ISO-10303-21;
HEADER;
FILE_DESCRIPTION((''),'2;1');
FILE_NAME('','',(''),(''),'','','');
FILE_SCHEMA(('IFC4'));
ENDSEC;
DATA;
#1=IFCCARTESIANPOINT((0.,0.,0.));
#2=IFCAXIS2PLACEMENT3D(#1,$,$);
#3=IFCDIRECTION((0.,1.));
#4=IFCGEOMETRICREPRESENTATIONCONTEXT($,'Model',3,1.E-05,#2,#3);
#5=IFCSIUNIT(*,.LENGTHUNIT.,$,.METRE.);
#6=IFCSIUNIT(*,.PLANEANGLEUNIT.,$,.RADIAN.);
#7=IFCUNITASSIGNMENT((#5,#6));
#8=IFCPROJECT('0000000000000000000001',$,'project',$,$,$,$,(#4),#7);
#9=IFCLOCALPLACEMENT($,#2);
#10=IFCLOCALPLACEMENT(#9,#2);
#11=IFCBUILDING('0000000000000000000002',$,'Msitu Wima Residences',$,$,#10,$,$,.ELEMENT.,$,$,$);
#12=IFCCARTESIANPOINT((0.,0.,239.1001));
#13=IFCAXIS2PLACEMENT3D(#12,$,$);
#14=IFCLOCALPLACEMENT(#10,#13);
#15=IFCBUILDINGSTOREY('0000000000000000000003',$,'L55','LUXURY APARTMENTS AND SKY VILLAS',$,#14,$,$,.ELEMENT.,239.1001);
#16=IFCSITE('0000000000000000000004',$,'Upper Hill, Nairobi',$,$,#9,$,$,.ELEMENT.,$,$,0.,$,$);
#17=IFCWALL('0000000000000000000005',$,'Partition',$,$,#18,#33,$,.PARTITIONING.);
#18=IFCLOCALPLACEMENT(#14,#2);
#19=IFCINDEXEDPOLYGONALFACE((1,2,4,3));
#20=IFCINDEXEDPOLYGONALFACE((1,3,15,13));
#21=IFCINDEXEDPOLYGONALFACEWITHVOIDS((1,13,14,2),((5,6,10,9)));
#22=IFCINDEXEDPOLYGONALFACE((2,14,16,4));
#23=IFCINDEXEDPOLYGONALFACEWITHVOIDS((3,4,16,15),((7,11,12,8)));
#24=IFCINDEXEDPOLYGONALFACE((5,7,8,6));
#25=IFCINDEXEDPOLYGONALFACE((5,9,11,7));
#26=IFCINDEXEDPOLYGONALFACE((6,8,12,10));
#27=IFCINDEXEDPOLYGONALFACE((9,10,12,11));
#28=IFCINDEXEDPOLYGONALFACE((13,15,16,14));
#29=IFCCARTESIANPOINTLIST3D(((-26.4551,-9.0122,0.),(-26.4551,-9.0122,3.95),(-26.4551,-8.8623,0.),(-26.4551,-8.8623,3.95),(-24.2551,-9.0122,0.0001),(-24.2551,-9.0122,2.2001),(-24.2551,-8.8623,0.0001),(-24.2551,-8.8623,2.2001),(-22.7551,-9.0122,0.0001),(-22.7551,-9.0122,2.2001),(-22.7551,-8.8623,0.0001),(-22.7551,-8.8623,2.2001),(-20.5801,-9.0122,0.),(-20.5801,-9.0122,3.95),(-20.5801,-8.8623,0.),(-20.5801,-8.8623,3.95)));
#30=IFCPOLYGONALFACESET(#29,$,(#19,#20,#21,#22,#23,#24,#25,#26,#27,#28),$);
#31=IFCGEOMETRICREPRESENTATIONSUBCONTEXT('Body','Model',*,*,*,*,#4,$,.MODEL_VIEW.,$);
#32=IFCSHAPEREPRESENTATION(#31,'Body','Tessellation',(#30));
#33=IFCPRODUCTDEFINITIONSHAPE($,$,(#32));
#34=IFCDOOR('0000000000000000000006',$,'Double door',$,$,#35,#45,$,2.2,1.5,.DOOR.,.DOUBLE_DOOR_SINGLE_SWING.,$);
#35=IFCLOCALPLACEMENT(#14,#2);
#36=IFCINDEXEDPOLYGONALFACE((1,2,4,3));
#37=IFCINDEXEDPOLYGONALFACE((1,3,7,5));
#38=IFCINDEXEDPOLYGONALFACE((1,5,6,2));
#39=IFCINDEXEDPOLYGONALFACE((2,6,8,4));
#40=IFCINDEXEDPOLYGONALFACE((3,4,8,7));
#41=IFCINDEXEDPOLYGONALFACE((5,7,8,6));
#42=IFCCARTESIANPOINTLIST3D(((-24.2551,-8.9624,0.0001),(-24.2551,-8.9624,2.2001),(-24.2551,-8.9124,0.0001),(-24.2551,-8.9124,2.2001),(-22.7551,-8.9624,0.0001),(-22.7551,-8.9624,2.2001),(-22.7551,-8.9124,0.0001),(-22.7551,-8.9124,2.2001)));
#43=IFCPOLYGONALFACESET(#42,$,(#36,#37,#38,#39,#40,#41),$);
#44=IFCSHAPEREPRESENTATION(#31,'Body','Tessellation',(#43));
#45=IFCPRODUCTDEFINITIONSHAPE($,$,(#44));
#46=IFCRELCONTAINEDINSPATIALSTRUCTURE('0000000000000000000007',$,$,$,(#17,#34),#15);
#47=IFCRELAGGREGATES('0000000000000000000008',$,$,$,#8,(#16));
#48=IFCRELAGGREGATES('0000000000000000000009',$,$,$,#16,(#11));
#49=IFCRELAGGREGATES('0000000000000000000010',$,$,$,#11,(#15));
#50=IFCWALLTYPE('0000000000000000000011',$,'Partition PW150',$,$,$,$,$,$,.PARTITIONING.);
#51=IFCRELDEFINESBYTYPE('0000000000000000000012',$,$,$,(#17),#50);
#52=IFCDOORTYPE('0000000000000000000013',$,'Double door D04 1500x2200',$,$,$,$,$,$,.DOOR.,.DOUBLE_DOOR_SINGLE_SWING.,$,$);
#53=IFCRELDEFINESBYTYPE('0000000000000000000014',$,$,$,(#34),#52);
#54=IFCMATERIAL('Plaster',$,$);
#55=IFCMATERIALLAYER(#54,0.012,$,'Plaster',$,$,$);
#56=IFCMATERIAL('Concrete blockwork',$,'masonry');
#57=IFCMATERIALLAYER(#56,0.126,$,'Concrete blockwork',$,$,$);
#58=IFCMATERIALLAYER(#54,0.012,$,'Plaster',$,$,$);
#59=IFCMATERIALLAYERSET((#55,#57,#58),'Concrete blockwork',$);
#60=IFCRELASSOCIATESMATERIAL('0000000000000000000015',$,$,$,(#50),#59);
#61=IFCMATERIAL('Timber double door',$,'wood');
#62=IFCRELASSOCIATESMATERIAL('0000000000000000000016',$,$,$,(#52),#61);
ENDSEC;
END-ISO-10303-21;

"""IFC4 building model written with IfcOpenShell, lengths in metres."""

from ifc_helpers import new_model, si_unit, direction, frame, frame_2d, origin, place, context, subcontext, project, spatial, rectangle, extrude, material, layer, layer_set, type_object, element, fill, save


model = new_model("IFC4")

# Units and contexts
model_context = context("Model", 3, precision=1e-05, world=origin(), true_north=direction((0.0, 1.0)))
body_context = subcontext(model_context, "Body", "Model", "MODEL_VIEW")
ifc_project = project(units=[si_unit("LENGTHUNIT", "METRE"), si_unit("PLANEANGLEUNIT", "RADIAN")], contexts=[model_context])

# Site, building, storey
site_placement = place(None, origin())
site = spatial("IfcSite", under=ifc_project, at=site_placement, Name="Upper Hill, Nairobi", CompositionType="ELEMENT", RefElevation=0.0)
building_placement = place(site_placement, origin())
building = spatial("IfcBuilding", under=site, at=building_placement, Name="Msitu Wima Residences", CompositionType="ELEMENT")
storey_placement = place(building_placement, frame((0.0, 0.0, 239.1001)))
storey = spatial("IfcBuildingStorey", under=building, at=storey_placement, Name="L55", Description="LUXURY APARTMENTS AND SKY VILLAS", CompositionType="ELEMENT", Elevation=239.1001)

# Wall, opening, door
ifc_material_1 = material(Name="Plaster")
ifc_layer_1 = layer(ifc_material_1, 0.012, Name="Plaster")
ifc_material_2 = material(Name="Concrete blockwork", Category="masonry")
ifc_layer_2 = layer(ifc_material_2, 0.126, Name="Concrete blockwork")
ifc_layer_3 = layer(ifc_material_1, 0.012, Name="Plaster")
ifc_layer_set_1 = layer_set([ifc_layer_1, ifc_layer_2, ifc_layer_3], Name="Concrete blockwork")
wall_type_1 = type_object("IfcWallType", Name="Partition PW150", PredefinedType="PARTITIONING", material=ifc_layer_set_1)
wall_1_placement = place(storey_placement, frame((-26.4551, -8.9373, 0.0), z_axis=(0.0, 0.0, 1.0), x_axis=(1.0, 0.0, 0.0)))
wall_1 = element("IfcWall", 1, at=wall_1_placement, inside=storey, type_object=wall_type_1, Name="Partition", PredefinedType="PARTITIONING", context=body_context, shape_type="SweptSolid", body=[
    extrude(rectangle(XDim=5.875, YDim=0.1499, at=frame_2d((2.9375, 0.0))), origin(), (0.0, 0.0, 1.0), 3.95),
])
opening_1_placement = place(wall_1_placement, frame((2.2, 0.0, 0.0)))
opening_1 = element("IfcOpeningElement", 2, at=opening_1_placement, cuts=wall_1, PredefinedType="OPENING", context=body_context, shape_type="SweptSolid", body=[
    extrude(rectangle(XDim=1.5, YDim=2.2, at=frame_2d((0.75, 1.1001))), frame((0.0, 0.085, 0.0), z_axis=(0.0, -1.0, 0.0), x_axis=(1.0, 0.0, 0.0)), (0.0, 0.0, 1.0), 0.1699),
])
ifc_material_3 = material(Name="Timber double door", Category="wood")
door_type_1 = type_object("IfcDoorType", Name="Double door D04 1500x2200", OperationType="DOUBLE_DOOR_SINGLE_SWING", PredefinedType="DOOR", material=ifc_material_3)
door_1_placement = place(opening_1_placement, origin())
door_1 = element("IfcDoor", 3, at=door_1_placement, inside=storey, type_object=door_type_1, Name="Double door", OperationType="DOUBLE_DOOR_SINGLE_SWING", OverallHeight=2.2, OverallWidth=1.5, PredefinedType="DOOR", context=body_context, shape_type="SweptSolid", body=[
    extrude(rectangle(XDim=1.5, YDim=2.2, at=frame_2d((0.75, 1.1001))), frame((0.0, 0.0249, 0.0), z_axis=(0.0, -1.0, 0.0), x_axis=(1.0, 0.0, 0.0)), (0.0, 0.0, 1.0), 0.05),
])
fill(opening_1, door_1)

save(model, "model.ifc")
